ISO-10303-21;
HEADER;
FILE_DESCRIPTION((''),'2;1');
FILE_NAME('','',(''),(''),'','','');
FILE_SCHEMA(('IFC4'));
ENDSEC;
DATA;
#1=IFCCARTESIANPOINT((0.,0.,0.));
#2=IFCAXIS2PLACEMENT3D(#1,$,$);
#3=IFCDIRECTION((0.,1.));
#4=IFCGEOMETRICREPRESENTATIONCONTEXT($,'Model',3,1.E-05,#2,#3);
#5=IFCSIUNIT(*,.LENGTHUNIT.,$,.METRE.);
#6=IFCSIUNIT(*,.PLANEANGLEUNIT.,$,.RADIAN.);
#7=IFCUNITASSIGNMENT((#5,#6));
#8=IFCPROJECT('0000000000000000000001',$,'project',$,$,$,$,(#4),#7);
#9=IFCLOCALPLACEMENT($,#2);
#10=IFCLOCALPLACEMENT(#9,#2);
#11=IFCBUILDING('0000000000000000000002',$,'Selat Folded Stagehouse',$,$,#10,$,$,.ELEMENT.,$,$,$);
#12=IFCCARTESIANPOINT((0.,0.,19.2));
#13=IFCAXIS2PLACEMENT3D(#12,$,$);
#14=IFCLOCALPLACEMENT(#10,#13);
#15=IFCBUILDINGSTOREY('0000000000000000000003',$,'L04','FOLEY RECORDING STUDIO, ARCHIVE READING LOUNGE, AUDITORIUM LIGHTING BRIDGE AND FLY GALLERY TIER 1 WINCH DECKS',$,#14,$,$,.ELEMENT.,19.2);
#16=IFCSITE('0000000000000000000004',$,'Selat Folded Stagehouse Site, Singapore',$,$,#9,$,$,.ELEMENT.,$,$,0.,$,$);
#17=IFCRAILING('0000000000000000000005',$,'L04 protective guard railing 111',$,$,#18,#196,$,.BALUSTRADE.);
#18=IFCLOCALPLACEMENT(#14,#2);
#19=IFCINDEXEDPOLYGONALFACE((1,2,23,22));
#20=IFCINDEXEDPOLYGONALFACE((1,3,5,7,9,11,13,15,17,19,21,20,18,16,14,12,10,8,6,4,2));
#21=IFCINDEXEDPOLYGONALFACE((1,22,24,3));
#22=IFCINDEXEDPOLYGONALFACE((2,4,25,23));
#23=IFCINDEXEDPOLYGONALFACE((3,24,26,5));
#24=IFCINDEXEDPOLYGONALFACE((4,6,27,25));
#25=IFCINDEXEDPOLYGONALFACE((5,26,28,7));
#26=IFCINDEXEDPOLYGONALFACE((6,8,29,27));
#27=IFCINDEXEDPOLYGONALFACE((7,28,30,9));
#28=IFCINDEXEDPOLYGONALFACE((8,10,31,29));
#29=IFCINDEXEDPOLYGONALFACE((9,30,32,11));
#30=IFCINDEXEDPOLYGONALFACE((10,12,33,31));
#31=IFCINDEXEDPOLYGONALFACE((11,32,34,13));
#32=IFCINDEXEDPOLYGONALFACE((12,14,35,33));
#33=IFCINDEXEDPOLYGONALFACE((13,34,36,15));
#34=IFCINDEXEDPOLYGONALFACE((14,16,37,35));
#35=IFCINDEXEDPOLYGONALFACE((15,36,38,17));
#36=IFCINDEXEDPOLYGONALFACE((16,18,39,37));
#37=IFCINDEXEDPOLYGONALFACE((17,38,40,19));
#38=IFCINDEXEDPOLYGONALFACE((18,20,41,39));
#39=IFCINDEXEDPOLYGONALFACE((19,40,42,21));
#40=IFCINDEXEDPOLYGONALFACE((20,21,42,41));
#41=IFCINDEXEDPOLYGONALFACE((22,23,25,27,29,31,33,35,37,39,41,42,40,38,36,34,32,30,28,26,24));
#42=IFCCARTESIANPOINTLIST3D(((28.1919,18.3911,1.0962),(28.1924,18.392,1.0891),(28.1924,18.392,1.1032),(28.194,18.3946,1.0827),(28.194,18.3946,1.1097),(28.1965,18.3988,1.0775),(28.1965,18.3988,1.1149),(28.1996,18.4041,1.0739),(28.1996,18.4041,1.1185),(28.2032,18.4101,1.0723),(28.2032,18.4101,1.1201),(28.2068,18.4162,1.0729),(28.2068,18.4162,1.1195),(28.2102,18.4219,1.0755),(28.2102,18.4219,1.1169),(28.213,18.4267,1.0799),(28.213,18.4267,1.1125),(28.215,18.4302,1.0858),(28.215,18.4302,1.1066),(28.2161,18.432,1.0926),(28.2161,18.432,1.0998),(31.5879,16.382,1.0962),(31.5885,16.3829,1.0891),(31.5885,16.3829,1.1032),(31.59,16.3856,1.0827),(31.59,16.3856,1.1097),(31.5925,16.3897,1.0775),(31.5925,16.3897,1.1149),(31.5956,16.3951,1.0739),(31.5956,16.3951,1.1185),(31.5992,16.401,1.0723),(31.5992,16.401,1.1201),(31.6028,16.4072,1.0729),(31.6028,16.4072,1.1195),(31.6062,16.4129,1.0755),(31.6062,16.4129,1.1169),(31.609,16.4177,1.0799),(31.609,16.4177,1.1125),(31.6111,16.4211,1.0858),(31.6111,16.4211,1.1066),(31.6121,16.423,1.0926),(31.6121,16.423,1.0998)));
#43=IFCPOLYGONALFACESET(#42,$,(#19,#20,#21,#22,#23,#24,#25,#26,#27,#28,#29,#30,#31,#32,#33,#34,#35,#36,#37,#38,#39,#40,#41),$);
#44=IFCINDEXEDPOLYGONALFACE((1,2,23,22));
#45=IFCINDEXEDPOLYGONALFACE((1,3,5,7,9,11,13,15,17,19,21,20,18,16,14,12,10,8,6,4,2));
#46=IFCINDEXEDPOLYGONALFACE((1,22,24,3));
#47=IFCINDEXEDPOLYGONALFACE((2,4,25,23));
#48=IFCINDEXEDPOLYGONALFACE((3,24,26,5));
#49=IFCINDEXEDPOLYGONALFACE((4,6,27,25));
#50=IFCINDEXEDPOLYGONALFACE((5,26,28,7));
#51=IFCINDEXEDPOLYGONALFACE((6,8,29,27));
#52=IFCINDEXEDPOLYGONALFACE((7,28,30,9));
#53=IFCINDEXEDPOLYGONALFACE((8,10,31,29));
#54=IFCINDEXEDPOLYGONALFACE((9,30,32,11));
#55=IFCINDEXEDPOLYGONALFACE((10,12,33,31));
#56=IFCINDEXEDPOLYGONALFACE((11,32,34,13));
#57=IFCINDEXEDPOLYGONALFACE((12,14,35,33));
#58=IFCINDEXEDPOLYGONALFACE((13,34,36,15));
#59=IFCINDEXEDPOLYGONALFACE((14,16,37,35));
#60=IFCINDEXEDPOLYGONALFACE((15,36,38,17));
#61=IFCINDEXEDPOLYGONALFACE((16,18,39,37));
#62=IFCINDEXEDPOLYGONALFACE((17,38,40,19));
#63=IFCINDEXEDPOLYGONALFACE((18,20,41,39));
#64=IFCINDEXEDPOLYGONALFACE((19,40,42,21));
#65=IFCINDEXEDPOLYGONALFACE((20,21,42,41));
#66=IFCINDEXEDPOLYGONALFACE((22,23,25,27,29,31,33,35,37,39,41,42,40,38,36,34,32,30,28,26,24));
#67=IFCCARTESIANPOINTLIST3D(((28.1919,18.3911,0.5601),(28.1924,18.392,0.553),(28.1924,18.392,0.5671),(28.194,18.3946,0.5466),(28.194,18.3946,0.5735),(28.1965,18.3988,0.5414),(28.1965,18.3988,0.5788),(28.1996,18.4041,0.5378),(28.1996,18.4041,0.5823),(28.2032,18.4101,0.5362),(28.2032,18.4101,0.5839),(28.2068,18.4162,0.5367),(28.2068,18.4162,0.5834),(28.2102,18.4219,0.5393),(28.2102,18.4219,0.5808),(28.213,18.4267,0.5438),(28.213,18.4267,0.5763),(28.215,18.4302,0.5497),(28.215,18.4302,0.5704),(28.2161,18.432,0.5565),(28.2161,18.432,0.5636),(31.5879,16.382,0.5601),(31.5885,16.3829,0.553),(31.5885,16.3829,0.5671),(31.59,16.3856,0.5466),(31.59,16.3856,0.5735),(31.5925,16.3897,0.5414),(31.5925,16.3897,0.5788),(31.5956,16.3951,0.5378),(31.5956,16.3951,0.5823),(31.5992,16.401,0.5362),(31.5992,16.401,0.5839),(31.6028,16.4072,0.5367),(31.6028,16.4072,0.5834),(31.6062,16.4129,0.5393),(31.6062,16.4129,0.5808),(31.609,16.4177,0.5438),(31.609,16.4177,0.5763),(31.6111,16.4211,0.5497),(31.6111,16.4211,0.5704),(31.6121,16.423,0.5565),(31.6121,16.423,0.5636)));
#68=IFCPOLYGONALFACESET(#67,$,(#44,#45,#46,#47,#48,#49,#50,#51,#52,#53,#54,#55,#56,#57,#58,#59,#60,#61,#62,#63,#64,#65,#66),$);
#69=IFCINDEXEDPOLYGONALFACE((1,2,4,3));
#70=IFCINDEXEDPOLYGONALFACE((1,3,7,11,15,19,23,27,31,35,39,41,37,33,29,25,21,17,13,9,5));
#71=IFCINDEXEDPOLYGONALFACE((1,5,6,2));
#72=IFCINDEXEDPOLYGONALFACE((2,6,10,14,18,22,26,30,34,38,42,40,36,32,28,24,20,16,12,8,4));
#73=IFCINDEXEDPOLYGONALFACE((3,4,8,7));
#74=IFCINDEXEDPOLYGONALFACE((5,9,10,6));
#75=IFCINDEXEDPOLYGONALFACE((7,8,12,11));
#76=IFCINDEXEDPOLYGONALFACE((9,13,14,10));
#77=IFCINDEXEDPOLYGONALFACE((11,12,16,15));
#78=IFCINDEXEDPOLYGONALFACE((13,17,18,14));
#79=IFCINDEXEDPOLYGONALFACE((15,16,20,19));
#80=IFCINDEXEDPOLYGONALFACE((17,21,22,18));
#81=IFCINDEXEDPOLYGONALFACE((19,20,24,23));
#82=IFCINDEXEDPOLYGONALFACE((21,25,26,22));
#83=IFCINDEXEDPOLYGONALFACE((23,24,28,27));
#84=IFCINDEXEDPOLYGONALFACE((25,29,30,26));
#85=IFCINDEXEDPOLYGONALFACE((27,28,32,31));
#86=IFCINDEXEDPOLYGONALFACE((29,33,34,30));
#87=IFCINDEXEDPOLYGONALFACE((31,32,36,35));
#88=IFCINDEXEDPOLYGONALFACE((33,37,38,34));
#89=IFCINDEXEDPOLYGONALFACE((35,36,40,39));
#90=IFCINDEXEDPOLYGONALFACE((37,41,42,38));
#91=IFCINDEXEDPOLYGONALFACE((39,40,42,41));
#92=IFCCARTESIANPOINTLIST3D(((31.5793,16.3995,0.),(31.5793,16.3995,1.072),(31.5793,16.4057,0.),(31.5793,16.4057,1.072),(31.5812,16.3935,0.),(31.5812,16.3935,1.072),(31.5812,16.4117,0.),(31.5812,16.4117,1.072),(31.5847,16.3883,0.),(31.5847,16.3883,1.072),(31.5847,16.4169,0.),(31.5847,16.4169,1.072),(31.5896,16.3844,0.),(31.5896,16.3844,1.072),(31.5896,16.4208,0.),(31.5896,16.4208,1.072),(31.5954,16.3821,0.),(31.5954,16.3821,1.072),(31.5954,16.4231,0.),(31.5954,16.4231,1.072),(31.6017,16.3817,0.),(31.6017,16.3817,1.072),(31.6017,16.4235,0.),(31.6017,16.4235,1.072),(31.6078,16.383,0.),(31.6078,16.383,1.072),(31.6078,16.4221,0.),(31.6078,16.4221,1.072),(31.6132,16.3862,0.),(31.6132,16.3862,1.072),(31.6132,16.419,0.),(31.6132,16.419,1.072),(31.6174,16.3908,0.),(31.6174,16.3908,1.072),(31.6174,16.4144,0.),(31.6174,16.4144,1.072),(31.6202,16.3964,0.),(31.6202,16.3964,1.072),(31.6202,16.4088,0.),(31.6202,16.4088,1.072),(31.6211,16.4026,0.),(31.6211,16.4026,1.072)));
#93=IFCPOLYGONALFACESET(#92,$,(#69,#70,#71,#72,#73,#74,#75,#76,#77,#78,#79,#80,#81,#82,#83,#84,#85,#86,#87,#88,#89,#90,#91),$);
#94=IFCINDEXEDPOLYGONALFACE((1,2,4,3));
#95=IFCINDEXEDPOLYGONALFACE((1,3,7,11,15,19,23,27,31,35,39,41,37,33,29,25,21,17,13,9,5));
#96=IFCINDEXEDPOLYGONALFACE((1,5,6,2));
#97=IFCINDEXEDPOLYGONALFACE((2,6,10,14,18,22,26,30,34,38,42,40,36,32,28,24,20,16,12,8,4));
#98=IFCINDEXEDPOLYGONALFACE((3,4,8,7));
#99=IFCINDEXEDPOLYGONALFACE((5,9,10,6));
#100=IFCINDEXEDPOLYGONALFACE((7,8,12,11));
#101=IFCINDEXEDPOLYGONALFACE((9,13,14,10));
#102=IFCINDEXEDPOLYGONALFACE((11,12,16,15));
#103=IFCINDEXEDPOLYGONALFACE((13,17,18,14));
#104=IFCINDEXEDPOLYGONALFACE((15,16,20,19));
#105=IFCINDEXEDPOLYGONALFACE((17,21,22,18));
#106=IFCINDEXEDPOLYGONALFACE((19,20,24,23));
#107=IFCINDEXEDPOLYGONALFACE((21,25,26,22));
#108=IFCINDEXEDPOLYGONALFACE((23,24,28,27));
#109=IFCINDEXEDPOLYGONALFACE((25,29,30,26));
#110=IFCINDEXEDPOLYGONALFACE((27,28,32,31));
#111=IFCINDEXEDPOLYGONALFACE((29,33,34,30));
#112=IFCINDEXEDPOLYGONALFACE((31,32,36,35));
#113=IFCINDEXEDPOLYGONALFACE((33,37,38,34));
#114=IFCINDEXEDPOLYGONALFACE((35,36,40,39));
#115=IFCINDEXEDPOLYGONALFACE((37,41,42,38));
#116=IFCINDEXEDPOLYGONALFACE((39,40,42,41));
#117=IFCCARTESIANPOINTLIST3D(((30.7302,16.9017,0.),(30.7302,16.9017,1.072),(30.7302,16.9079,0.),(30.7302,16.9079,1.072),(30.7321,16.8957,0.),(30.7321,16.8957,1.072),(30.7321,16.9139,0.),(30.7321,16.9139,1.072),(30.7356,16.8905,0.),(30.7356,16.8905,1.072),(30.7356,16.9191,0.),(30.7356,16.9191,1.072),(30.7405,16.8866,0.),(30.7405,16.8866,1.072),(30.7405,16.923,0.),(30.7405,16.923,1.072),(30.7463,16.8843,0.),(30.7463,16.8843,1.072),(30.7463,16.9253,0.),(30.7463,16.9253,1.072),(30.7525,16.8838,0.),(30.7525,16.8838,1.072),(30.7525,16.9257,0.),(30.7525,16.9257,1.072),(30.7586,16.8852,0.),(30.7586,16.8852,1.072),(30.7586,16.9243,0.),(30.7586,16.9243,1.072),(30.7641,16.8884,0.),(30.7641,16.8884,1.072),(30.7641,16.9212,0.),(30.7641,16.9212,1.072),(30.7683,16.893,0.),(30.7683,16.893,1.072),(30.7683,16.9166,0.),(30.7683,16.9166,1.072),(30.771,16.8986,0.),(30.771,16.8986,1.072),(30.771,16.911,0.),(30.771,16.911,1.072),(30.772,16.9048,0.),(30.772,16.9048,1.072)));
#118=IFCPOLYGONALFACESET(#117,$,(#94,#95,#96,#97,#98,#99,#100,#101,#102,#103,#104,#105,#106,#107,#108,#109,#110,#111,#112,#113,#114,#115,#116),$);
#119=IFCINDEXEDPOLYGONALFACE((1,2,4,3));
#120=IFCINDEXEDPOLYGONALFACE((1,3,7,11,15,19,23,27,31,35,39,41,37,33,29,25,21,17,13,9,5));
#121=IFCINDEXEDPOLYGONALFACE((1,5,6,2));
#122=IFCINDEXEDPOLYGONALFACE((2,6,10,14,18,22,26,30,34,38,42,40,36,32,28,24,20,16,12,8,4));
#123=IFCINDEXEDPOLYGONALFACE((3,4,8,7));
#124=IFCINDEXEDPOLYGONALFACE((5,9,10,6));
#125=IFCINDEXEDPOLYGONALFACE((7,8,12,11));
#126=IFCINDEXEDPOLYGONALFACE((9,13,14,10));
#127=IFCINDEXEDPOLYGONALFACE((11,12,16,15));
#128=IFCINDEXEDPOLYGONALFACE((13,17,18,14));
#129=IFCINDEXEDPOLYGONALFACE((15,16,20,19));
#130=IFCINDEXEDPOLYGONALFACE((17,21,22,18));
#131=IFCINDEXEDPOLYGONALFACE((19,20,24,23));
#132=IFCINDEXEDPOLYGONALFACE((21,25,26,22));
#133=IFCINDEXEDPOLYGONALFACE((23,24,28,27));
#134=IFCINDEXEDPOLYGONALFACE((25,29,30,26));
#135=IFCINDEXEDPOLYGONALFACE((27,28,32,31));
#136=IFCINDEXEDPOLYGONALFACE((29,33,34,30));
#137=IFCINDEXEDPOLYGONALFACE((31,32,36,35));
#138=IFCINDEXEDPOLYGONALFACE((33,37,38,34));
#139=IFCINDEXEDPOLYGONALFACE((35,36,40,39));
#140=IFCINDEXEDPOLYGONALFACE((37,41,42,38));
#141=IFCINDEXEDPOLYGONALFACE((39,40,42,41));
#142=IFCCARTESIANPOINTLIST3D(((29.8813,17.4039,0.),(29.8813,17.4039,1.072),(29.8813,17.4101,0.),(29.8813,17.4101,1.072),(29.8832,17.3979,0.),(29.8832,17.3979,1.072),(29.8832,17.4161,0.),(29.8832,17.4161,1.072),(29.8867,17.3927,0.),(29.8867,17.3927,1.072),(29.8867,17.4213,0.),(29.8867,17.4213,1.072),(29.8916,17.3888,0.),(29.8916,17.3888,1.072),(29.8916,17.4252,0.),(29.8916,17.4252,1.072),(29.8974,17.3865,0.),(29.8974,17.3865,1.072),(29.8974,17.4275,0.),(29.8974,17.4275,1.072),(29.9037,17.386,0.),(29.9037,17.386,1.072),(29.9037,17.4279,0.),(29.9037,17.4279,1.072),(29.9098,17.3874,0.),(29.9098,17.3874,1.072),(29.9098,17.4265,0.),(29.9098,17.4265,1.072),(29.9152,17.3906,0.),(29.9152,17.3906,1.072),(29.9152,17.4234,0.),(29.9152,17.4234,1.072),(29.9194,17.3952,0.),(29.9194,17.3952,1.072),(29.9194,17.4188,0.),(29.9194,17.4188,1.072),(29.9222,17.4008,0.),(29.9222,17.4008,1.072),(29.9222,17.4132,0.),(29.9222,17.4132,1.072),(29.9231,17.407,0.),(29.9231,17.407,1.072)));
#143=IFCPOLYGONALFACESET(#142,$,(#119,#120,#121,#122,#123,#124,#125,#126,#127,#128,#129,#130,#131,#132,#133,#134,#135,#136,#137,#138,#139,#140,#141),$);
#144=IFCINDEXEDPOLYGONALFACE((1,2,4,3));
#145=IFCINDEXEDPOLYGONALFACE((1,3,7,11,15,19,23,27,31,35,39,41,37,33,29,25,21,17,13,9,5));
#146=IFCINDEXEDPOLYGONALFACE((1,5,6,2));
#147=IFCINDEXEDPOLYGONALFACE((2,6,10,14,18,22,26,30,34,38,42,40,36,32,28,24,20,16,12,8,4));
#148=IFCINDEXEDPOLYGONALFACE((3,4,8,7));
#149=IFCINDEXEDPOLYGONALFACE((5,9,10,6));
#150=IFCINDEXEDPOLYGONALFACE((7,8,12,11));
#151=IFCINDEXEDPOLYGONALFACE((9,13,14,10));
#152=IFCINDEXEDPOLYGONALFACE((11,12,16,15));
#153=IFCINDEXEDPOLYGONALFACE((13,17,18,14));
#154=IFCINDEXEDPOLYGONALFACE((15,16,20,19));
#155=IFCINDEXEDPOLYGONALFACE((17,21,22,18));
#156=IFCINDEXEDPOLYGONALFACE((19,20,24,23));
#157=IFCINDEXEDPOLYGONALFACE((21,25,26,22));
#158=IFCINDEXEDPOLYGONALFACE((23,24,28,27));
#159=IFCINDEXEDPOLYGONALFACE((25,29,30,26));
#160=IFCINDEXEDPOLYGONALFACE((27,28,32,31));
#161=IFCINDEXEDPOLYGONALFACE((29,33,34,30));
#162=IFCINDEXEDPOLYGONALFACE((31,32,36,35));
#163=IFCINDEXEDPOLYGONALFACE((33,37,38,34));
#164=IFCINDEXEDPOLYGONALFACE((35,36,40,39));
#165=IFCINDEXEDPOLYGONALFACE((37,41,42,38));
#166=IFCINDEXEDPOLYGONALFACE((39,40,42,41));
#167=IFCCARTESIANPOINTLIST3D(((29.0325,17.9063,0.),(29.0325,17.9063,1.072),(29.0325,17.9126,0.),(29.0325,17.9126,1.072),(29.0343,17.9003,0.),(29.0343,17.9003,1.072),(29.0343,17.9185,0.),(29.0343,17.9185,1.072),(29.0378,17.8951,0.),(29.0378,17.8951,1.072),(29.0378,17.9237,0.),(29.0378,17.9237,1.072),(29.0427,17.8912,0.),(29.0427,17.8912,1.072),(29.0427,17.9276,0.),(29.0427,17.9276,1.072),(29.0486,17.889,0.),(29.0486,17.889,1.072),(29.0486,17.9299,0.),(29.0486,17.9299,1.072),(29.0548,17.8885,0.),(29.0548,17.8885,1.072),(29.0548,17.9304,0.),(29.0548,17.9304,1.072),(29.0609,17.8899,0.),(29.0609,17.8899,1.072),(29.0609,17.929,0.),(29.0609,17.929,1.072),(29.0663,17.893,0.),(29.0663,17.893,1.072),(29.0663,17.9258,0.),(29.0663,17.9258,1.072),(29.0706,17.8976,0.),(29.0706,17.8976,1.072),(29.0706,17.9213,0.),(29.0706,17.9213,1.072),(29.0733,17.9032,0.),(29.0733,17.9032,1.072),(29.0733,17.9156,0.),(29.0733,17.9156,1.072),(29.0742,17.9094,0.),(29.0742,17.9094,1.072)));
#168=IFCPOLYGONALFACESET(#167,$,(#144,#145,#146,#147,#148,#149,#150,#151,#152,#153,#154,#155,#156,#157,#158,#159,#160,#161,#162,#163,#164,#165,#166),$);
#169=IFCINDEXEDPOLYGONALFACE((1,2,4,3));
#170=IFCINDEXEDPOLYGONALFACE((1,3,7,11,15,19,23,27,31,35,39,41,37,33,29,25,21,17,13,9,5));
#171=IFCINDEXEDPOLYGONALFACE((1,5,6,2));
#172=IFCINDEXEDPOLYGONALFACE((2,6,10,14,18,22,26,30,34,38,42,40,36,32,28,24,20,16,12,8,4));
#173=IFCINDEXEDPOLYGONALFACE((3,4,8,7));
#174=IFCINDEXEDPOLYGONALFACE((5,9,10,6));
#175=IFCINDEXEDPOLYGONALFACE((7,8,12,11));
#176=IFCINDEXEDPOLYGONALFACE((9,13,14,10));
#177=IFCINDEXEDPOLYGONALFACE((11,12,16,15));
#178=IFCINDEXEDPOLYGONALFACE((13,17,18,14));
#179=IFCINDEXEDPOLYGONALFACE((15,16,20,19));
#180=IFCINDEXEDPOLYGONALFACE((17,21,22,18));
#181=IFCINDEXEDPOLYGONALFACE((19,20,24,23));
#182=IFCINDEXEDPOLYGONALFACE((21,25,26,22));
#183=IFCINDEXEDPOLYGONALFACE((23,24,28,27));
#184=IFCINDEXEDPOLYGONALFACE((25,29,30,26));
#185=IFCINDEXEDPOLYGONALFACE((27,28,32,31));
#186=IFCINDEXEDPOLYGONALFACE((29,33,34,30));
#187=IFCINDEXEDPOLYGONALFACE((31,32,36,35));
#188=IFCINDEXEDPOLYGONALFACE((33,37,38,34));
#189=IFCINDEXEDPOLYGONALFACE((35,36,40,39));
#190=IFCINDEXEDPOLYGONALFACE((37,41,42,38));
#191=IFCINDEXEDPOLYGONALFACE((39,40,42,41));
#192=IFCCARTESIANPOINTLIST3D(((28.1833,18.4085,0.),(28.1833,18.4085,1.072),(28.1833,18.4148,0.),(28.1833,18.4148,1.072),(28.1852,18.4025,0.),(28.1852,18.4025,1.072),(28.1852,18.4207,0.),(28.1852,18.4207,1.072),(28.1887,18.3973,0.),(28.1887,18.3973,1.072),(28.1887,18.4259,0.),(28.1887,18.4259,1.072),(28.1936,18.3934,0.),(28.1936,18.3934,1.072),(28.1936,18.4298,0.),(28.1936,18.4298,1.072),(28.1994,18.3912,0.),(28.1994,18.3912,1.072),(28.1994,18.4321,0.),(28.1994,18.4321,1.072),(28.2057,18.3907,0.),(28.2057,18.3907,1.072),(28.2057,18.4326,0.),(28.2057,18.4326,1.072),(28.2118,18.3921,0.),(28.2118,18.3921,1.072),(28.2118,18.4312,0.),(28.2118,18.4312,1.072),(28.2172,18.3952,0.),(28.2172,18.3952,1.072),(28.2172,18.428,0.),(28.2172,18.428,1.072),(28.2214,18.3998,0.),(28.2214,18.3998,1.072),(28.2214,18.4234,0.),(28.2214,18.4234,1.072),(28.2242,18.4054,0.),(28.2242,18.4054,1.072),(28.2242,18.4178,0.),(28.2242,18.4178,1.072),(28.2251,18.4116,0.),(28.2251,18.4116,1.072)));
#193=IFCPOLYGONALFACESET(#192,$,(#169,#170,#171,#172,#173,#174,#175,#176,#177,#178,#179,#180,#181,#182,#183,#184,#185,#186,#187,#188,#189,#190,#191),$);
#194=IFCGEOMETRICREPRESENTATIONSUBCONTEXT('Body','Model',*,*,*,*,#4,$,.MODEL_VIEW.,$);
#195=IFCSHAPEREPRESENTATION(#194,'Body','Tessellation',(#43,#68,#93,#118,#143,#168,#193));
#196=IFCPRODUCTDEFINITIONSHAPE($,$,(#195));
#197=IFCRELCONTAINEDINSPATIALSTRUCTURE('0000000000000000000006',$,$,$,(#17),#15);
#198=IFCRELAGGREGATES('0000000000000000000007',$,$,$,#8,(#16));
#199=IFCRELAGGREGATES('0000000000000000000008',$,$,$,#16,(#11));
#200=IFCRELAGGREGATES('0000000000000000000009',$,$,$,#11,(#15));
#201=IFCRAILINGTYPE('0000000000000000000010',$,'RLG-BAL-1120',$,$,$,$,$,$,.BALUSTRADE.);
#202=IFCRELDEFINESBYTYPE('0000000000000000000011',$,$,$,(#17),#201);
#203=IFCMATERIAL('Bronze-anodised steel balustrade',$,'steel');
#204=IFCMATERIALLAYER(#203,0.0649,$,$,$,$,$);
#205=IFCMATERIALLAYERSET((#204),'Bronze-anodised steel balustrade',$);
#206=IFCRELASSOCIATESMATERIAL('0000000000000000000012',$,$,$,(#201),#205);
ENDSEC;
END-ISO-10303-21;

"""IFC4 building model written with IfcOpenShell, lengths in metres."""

from ifc_helpers import new_model, si_unit, direction, frame, origin, origin_2d, place, context, subcontext, project, spatial, circle, extrude, material, layer, layer_set, type_object, element, save


model = new_model("IFC4")

# Units and contexts
model_context = context("Model", 3, precision=1e-05, world=origin(), true_north=direction((0.0, 1.0)))
body_context = subcontext(model_context, "Body", "Model", "MODEL_VIEW")
ifc_project = project(units=[si_unit("LENGTHUNIT", "METRE"), si_unit("PLANEANGLEUNIT", "RADIAN")], contexts=[model_context])

# Site, building, storey
site_placement = place(None, origin())
site = spatial("IfcSite", under=ifc_project, at=site_placement, Name="Selat Folded Stagehouse Site, Singapore", CompositionType="ELEMENT", RefElevation=0.0)
building_placement = place(site_placement, origin())
building = spatial("IfcBuilding", under=site, at=building_placement, Name="Selat Folded Stagehouse", CompositionType="ELEMENT")
storey_placement = place(building_placement, frame((0.0, 0.0, 19.2)))
storey = spatial("IfcBuildingStorey", under=building, at=storey_placement, Name="L04", Description="FOLEY RECORDING STUDIO, ARCHIVE READING LOUNGE, AUDITORIUM LIGHTING BRIDGE AND FLY GALLERY TIER 1 WINCH DECKS", CompositionType="ELEMENT", Elevation=19.2)

# Railing
ifc_material_1 = material(Name="Bronze-anodised steel balustrade", Category="steel")
ifc_layer_1 = layer(ifc_material_1, 0.0649)
ifc_layer_set_1 = layer_set([ifc_layer_1], Name="Bronze-anodised steel balustrade")
railing_type_1 = type_object("IfcRailingType", Name="RLG-BAL-1120", PredefinedType="BALUSTRADE", material=ifc_layer_set_1)
railing_1_placement = place(storey_placement, frame((31.6001, 16.4026, 0.0)))
element("IfcRailing", 1, at=railing_1_placement, inside=storey, type_object=railing_type_1, Name="L04 protective guard railing 111", PredefinedType="BALUSTRADE", context=body_context, shape_type="SweptSolid", body=[
    extrude(circle(Radius=0.0239, at=origin_2d()), frame((0.0, 0.0, 1.0962), z_axis=(-0.86067, 0.509163, 0.0), x_axis=(-0.509163, -0.86067, 0.0)), (0.0, 0.0, 1.0), 3.9458),
    extrude(circle(Radius=0.0239, at=origin_2d()), frame((0.0, 0.0, 0.5601), z_axis=(-0.86067, 0.509163, 0.0), x_axis=(-0.509163, -0.86067, 0.0)), (0.0, 0.0, 1.0), 3.9458),
    extrude(circle(Radius=0.021, at=origin_2d()), origin(), (0.0, 0.0, 1.0), 1.072),
    extrude(circle(Radius=0.021, at=origin_2d()), frame((-0.8491, 0.5022, 0.0)), (0.0, 0.0, 1.0), 1.072),
    extrude(circle(Radius=0.021, at=origin_2d()), frame((-1.698, 1.0044, 0.0)), (0.0, 0.0, 1.0), 1.072),
    extrude(circle(Radius=0.021, at=origin_2d()), frame((-2.5469, 1.5068, 0.0)), (0.0, 0.0, 1.0), 1.072),
    extrude(circle(Radius=0.021, at=origin_2d()), frame((-3.396, 2.009, 0.0)), (0.0, 0.0, 1.0), 1.072),
])

save(model, "model.ifc")
